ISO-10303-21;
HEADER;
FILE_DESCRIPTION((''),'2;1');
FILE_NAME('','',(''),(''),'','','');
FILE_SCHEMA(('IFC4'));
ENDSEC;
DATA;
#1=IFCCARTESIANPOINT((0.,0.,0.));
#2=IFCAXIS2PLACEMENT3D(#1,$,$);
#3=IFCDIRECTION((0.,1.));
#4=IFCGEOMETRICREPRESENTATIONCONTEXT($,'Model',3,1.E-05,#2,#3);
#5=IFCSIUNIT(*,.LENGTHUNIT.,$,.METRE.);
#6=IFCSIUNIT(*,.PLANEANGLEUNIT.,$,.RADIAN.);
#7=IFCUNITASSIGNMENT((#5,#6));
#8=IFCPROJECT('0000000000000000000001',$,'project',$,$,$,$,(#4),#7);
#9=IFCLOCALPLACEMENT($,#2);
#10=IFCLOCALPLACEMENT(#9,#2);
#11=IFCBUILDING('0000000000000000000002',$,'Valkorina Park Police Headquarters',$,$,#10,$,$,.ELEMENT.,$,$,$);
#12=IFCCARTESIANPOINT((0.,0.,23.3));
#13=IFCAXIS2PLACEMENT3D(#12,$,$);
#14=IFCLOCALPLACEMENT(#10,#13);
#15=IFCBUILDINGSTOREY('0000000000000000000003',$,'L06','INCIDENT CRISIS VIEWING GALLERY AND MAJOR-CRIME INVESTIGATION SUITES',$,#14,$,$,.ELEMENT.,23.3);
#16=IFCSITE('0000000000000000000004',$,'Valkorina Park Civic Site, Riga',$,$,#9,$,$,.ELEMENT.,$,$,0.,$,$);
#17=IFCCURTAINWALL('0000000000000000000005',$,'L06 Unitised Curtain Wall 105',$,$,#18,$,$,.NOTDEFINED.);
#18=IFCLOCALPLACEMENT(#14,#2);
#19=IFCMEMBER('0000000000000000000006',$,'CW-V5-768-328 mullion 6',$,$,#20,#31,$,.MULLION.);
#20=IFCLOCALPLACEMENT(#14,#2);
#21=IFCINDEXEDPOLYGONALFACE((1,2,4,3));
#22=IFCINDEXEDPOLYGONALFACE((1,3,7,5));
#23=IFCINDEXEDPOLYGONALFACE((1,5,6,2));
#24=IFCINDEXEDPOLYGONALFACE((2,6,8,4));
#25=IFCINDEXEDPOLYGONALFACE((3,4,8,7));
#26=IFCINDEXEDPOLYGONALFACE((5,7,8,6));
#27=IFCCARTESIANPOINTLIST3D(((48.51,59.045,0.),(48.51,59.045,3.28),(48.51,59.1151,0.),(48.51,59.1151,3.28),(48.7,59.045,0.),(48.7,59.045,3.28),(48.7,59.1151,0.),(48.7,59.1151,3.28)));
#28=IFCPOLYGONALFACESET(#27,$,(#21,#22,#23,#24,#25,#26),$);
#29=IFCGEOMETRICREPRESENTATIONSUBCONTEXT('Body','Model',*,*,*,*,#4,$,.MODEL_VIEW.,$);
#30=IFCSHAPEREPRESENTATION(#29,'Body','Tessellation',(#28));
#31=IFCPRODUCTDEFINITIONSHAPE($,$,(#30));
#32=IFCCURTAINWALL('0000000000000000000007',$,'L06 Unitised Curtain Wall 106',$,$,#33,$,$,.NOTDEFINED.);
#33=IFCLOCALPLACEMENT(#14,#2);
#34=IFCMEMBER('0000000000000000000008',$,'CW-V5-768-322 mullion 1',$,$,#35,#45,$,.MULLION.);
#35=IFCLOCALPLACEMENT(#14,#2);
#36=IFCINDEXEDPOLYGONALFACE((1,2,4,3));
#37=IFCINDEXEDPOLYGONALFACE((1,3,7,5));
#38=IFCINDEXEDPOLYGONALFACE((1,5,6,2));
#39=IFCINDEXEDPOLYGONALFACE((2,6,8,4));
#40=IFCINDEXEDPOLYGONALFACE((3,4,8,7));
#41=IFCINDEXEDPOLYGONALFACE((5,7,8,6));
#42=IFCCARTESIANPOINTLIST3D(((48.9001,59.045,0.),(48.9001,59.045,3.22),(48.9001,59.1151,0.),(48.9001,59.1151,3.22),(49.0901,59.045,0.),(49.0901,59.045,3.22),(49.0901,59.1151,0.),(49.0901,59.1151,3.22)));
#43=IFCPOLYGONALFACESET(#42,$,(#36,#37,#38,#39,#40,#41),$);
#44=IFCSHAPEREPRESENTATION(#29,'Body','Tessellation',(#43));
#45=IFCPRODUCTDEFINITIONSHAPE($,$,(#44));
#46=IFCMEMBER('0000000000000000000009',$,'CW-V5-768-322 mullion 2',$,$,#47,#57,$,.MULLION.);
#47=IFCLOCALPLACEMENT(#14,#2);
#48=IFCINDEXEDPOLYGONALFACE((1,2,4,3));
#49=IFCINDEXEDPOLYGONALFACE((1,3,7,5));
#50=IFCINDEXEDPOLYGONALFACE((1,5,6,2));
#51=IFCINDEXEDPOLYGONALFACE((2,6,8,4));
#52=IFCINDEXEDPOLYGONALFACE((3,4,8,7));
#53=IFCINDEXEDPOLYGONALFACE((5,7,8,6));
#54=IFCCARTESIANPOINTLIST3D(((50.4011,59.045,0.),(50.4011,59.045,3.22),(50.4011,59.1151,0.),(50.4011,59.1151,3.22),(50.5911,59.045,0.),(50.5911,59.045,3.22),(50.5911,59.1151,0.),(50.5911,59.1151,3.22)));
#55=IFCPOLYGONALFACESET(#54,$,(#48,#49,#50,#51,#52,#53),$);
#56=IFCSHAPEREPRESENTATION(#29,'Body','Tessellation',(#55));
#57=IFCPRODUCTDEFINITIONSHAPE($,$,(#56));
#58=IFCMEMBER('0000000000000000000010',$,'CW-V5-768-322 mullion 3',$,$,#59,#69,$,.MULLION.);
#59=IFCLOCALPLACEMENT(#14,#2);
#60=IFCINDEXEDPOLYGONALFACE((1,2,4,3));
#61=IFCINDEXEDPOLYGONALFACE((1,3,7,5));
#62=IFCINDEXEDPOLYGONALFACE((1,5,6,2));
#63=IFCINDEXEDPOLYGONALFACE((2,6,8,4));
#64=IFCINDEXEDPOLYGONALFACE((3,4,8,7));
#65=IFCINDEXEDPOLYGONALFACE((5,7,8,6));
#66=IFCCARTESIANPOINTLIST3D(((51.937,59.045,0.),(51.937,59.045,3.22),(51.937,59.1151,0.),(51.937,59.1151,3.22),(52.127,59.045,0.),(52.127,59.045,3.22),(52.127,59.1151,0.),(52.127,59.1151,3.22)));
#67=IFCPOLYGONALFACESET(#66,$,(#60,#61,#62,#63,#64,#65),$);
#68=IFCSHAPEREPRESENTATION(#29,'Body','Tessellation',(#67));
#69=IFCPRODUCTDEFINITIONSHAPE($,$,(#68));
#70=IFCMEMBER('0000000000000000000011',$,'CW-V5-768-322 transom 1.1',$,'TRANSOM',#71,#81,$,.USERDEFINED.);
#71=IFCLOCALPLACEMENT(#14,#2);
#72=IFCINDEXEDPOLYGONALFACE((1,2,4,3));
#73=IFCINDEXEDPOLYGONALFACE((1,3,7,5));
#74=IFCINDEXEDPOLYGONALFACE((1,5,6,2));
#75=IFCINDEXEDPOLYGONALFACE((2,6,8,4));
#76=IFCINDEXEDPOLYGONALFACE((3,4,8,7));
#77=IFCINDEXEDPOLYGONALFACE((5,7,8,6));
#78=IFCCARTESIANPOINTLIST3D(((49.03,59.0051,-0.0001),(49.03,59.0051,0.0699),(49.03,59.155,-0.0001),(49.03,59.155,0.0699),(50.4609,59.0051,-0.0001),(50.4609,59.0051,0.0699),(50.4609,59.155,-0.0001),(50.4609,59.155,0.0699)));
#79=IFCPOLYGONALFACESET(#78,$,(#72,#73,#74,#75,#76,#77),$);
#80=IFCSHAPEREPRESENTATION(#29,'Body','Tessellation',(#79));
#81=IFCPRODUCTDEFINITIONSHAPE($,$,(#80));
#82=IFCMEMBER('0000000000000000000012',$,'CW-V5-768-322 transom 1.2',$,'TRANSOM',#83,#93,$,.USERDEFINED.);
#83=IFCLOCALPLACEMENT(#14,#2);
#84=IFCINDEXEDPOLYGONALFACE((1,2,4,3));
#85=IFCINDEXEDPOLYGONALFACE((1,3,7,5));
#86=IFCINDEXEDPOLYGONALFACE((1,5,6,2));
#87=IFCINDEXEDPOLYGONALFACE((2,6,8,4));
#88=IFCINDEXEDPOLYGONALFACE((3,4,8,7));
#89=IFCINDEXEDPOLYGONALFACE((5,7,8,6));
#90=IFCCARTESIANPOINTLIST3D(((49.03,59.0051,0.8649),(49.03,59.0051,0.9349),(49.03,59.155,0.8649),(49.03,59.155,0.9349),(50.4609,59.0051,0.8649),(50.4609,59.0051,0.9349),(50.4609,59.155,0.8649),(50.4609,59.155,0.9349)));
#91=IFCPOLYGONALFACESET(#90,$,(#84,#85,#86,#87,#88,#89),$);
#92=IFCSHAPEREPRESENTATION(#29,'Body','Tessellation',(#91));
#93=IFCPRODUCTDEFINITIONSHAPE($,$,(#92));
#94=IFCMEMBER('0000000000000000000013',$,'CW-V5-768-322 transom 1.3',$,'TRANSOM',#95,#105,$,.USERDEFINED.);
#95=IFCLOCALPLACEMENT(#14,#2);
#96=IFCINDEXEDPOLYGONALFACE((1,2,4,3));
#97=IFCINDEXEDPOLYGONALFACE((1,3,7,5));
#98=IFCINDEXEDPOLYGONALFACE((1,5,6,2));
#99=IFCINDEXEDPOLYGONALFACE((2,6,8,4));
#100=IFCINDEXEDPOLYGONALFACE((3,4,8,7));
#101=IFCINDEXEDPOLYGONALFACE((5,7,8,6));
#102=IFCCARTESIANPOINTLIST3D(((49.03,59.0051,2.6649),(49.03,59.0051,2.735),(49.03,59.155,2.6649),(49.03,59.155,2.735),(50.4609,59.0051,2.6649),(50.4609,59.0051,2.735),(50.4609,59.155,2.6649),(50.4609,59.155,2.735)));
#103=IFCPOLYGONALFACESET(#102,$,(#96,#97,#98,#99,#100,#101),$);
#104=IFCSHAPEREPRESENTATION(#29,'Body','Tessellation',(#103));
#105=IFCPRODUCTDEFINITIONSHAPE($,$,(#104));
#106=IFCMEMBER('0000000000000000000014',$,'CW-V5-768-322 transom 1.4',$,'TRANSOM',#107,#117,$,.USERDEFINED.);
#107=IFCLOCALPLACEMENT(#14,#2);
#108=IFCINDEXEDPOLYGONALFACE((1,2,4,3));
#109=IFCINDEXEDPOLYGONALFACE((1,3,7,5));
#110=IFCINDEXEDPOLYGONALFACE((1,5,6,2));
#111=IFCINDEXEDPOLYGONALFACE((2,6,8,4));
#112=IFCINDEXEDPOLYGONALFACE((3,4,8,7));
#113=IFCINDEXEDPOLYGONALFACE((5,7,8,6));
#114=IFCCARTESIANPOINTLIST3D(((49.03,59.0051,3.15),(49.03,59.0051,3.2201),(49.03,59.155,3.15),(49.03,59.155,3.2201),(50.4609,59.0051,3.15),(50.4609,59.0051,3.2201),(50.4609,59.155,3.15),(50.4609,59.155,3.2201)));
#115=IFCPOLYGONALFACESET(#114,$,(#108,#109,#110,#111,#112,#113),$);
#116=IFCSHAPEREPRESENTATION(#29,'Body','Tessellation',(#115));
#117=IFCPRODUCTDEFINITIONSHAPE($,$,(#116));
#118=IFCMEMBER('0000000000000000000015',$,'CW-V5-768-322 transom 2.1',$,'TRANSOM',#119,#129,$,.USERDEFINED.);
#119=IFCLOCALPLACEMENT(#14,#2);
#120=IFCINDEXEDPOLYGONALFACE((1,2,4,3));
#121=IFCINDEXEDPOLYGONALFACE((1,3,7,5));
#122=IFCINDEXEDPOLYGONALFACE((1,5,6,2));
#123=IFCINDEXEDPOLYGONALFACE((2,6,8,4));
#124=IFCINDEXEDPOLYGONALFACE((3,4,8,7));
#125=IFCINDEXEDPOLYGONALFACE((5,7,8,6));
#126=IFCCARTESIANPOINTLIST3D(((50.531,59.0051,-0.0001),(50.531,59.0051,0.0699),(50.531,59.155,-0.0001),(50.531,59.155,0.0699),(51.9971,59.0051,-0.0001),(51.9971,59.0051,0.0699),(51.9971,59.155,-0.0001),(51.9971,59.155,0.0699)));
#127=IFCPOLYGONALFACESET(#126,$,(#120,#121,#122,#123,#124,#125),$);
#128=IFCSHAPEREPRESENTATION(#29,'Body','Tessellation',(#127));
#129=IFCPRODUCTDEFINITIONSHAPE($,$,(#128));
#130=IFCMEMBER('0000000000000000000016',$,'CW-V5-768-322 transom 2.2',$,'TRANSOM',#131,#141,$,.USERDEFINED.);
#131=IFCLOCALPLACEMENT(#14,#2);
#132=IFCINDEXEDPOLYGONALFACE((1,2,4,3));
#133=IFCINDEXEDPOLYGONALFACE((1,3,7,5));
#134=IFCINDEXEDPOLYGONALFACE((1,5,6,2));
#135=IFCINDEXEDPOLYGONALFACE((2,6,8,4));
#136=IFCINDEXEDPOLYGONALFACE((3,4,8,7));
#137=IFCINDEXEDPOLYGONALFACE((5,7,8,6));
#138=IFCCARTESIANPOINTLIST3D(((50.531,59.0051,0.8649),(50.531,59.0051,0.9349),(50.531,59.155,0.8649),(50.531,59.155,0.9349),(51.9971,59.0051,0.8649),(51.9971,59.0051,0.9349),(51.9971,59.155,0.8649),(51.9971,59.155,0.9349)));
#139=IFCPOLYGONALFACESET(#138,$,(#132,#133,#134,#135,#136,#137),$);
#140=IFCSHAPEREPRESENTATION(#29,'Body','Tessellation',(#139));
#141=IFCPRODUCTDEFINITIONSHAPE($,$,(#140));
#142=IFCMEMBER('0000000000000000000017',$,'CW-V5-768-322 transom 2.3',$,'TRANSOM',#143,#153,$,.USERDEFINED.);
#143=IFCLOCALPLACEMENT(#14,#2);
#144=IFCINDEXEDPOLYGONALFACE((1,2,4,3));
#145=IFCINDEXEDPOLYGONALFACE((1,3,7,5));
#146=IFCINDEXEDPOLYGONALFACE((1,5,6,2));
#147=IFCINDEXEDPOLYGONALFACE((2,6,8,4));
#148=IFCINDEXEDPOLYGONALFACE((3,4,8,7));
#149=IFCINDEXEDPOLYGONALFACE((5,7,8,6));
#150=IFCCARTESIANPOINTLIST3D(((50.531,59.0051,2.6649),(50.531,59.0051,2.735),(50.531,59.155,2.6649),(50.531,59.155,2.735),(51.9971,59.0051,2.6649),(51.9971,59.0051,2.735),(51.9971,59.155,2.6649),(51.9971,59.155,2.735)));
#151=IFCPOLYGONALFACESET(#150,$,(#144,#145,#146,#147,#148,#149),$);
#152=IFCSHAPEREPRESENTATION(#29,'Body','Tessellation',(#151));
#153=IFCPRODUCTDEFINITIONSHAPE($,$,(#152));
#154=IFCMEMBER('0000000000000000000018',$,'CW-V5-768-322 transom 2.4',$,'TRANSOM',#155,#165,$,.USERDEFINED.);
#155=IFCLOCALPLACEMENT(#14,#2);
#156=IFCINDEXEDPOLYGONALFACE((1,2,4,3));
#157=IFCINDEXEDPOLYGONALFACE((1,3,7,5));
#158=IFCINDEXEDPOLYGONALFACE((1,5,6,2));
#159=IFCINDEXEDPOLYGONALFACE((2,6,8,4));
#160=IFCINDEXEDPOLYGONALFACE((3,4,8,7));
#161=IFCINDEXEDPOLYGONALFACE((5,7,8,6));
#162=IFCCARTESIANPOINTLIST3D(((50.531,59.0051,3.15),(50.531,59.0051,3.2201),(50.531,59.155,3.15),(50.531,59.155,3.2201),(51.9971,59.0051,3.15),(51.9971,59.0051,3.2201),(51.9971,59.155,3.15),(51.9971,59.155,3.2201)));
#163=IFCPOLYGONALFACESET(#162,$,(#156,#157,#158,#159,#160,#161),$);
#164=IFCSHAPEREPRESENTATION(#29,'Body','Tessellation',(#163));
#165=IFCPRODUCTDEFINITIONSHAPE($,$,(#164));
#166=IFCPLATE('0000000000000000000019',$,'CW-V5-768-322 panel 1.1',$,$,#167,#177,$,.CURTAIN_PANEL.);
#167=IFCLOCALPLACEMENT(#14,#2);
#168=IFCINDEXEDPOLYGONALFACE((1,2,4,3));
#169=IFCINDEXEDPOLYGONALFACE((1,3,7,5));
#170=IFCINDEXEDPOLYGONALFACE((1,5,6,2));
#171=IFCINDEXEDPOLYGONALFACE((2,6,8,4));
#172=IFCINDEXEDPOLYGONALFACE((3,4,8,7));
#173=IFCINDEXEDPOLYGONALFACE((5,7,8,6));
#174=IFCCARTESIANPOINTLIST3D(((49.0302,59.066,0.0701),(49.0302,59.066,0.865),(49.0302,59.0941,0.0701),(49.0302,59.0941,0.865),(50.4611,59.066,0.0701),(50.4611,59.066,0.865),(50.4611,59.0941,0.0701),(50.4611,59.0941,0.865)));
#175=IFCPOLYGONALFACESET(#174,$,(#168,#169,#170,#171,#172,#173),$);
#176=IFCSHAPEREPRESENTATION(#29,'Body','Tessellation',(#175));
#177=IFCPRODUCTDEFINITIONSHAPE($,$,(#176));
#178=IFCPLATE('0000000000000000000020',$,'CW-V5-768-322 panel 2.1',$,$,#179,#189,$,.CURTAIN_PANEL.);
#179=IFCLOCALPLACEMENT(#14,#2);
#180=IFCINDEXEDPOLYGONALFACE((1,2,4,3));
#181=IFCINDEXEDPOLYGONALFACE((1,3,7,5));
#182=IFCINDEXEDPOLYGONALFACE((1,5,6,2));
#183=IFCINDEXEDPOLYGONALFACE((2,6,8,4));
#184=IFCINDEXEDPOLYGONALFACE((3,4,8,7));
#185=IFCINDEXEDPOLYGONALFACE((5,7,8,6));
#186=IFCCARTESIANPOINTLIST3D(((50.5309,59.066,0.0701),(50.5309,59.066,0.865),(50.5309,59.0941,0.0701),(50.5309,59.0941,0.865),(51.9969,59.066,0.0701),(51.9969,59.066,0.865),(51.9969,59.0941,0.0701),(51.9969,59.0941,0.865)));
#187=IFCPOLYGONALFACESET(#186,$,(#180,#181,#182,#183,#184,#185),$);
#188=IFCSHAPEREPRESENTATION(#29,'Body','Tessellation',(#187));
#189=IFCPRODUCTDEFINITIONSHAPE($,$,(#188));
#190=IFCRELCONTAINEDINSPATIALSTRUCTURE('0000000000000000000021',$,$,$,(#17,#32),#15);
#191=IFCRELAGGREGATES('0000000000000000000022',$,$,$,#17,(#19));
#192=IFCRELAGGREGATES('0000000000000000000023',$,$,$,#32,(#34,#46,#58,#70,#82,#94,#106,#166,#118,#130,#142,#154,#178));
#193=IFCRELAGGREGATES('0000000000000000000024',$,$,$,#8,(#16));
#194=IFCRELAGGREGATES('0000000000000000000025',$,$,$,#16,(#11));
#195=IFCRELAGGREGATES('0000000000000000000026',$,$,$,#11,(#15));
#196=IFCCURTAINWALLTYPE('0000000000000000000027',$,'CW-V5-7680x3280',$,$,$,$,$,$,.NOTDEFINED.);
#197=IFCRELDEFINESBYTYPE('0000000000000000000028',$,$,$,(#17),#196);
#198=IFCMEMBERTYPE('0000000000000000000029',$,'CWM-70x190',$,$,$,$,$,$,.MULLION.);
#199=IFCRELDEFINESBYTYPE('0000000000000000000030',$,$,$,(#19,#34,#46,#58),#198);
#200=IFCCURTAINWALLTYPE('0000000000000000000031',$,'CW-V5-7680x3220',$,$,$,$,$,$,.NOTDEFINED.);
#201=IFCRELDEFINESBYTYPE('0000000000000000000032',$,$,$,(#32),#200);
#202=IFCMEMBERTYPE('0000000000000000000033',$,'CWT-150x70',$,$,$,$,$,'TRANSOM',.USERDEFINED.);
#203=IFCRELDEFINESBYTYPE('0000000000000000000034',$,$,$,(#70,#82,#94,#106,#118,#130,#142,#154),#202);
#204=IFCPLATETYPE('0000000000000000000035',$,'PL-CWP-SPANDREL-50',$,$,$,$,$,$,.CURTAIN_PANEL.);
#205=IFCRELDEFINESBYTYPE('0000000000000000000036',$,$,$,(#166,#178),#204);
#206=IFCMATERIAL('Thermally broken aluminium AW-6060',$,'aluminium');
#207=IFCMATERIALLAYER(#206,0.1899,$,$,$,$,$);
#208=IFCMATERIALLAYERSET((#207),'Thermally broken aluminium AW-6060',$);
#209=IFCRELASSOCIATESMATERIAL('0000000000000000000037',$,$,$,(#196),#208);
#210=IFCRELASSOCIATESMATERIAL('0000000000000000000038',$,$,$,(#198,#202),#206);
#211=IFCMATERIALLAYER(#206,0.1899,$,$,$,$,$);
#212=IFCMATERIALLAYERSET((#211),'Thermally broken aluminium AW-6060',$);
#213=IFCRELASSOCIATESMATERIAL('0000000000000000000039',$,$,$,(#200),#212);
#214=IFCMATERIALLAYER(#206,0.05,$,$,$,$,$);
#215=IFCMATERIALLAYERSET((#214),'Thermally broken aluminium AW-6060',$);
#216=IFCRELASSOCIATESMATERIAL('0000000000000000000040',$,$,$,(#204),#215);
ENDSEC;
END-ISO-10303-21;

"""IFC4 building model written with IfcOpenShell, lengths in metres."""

from ifc_helpers import new_model, si_unit, direction, frame, origin, origin_2d, place, context, subcontext, project, spatial, rectangle, extrude, material, layer, layer_set, material_profile, profile_set, type_object, element, aggregate, save


model = new_model("IFC4")

# Units and contexts
model_context = context("Model", 3, precision=1e-05, world=origin(), true_north=direction((0.0, 1.0)))
body_context = subcontext(model_context, "Body", "Model", "MODEL_VIEW")
ifc_project = project(units=[si_unit("LENGTHUNIT", "METRE"), si_unit("PLANEANGLEUNIT", "RADIAN")], contexts=[model_context])

# Site, building, storey
site_placement = place(None, origin())
site = spatial("IfcSite", under=ifc_project, at=site_placement, Name="Valkorina Park Civic Site, Riga", CompositionType="ELEMENT", RefElevation=0.0)
building_placement = place(site_placement, origin())
building = spatial("IfcBuilding", under=site, at=building_placement, Name="Valkorina Park Police Headquarters", CompositionType="ELEMENT")
storey_placement = place(building_placement, frame((0.0, 0.0, 23.3)))
storey = spatial("IfcBuildingStorey", under=building, at=storey_placement, Name="L06", Description="INCIDENT CRISIS VIEWING GALLERY AND MAJOR-CRIME INVESTIGATION SUITES", CompositionType="ELEMENT", Elevation=23.3)

# Curtain wall, member
ifc_material_1 = material(Name="Thermally broken aluminium AW-6060", Category="aluminium")
ifc_layer_1 = layer(ifc_material_1, 0.1899)
ifc_layer_set_1 = layer_set([ifc_layer_1], Name="Thermally broken aluminium AW-6060")
curtain_wall_type_1 = type_object("IfcCurtainWallType", Name="CW-V5-7680x3280", PredefinedType="NOTDEFINED", material=ifc_layer_set_1)
curtain_wall_1_placement = place(storey_placement, origin())
curtain_wall_1 = element("IfcCurtainWall", 1, at=curtain_wall_1_placement, inside=storey, type_object=curtain_wall_type_1, Name="L06 Unitised Curtain Wall 105", PredefinedType="NOTDEFINED")
ifc_material_profile_1 = material_profile(ifc_material_1, rectangle(XDim=0.0701, YDim=0.1899, at=origin_2d()), Name="CWM-02 70x190")
ifc_profile_set_1 = profile_set([ifc_material_profile_1], Name="Thermally broken aluminium AW-6060")
member_type_1 = type_object("IfcMemberType", Name="CWM-70x190", PredefinedType="MULLION", material=ifc_profile_set_1)
member_1_placement = place(storey_placement, frame((48.605, 59.0801, 0.0), z_axis=(0.0, 0.0, 1.0), x_axis=(0.0, 1.0, 0.0)))
member_1 = element("IfcMember", 2, at=member_1_placement, type_object=member_type_1, Name="CW-V5-768-328 mullion 6", PredefinedType="MULLION", context=body_context, shape_type="SweptSolid", body=[
    extrude(rectangle(XDim=0.0701, YDim=0.1899, at=origin_2d()), origin(), (0.0, 0.0, 1.0), 3.28),
])
aggregate(curtain_wall_1, [member_1])

# Curtain wall, members, plates
ifc_layer_2 = layer(ifc_material_1, 0.1899)
ifc_layer_set_2 = layer_set([ifc_layer_2], Name="Thermally broken aluminium AW-6060")
curtain_wall_type_2 = type_object("IfcCurtainWallType", Name="CW-V5-7680x3220", PredefinedType="NOTDEFINED", material=ifc_layer_set_2)
curtain_wall_2_placement = place(storey_placement, origin())
curtain_wall_2 = element("IfcCurtainWall", 3, at=curtain_wall_2_placement, inside=storey, type_object=curtain_wall_type_2, Name="L06 Unitised Curtain Wall 106", PredefinedType="NOTDEFINED")
member_2_placement = place(storey_placement, frame((48.9951, 59.0801, 0.0), z_axis=(0.0, 0.0, 1.0), x_axis=(0.0, 1.0, 0.0)))
member_2 = element("IfcMember", 4, at=member_2_placement, type_object=member_type_1, Name="CW-V5-768-322 mullion 1", PredefinedType="MULLION", context=body_context, shape_type="SweptSolid", body=[
    extrude(rectangle(XDim=0.0701, YDim=0.1899, at=origin_2d()), origin(), (0.0, 0.0, 1.0), 3.22),
])
member_3_placement = place(storey_placement, frame((50.4961, 59.0801, 0.0), z_axis=(0.0, 0.0, 1.0), x_axis=(0.0, 1.0, 0.0)))
member_3 = element("IfcMember", 5, at=member_3_placement, type_object=member_type_1, Name="CW-V5-768-322 mullion 2", PredefinedType="MULLION", context=body_context, shape_type="SweptSolid", body=[
    extrude(rectangle(XDim=0.0701, YDim=0.1899, at=origin_2d()), origin(), (0.0, 0.0, 1.0), 3.22),
])
member_4_placement = place(storey_placement, frame((52.032, 59.0801, 0.0), z_axis=(0.0, 0.0, 1.0), x_axis=(0.0, 1.0, 0.0)))
member_4 = element("IfcMember", 6, at=member_4_placement, type_object=member_type_1, Name="CW-V5-768-322 mullion 3", PredefinedType="MULLION", context=body_context, shape_type="SweptSolid", body=[
    extrude(rectangle(XDim=0.0701, YDim=0.1899, at=origin_2d()), origin(), (0.0, 0.0, 1.0), 3.22),
])
ifc_material_profile_2 = material_profile(ifc_material_1, rectangle(XDim=0.1499, YDim=0.0701, at=origin_2d()), Name="CWT-02 150x70")
ifc_profile_set_2 = profile_set([ifc_material_profile_2], Name="Thermally broken aluminium AW-6060")
member_type_2 = type_object("IfcMemberType", Name="CWT-150x70", ElementType="TRANSOM", PredefinedType="USERDEFINED", material=ifc_profile_set_2)
member_5_placement = place(storey_placement, frame((49.03, 59.0801, 0.0349), z_axis=(1.0, 0.0, 0.0), x_axis=(0.0, 1.0, 0.0)))
member_5 = element("IfcMember", 7, at=member_5_placement, type_object=member_type_2, Name="CW-V5-768-322 transom 1.1", ObjectType="TRANSOM", PredefinedType="USERDEFINED", context=body_context, shape_type="SweptSolid", body=[
    extrude(rectangle(XDim=0.1499, YDim=0.0701, at=origin_2d()), origin(), (0.0, 0.0, 1.0), 1.4309),
])
member_6_placement = place(storey_placement, frame((49.03, 59.0801, 0.8999), z_axis=(1.0, 0.0, 0.0), x_axis=(0.0, 1.0, 0.0)))
member_6 = element("IfcMember", 8, at=member_6_placement, type_object=member_type_2, Name="CW-V5-768-322 transom 1.2", ObjectType="TRANSOM", PredefinedType="USERDEFINED", context=body_context, shape_type="SweptSolid", body=[
    extrude(rectangle(XDim=0.1499, YDim=0.0701, at=origin_2d()), origin(), (0.0, 0.0, 1.0), 1.4309),
])
member_7_placement = place(storey_placement, frame((49.03, 59.0801, 2.7), z_axis=(1.0, 0.0, 0.0), x_axis=(0.0, 1.0, 0.0)))
member_7 = element("IfcMember", 9, at=member_7_placement, type_object=member_type_2, Name="CW-V5-768-322 transom 1.3", ObjectType="TRANSOM", PredefinedType="USERDEFINED", context=body_context, shape_type="SweptSolid", body=[
    extrude(rectangle(XDim=0.1499, YDim=0.0701, at=origin_2d()), origin(), (0.0, 0.0, 1.0), 1.4309),
])
member_8_placement = place(storey_placement, frame((49.03, 59.0801, 3.1851), z_axis=(1.0, 0.0, 0.0), x_axis=(0.0, 1.0, 0.0)))
member_8 = element("IfcMember", 10, at=member_8_placement, type_object=member_type_2, Name="CW-V5-768-322 transom 1.4", ObjectType="TRANSOM", PredefinedType="USERDEFINED", context=body_context, shape_type="SweptSolid", body=[
    extrude(rectangle(XDim=0.1499, YDim=0.0701, at=origin_2d()), origin(), (0.0, 0.0, 1.0), 1.4309),
])
member_9_placement = place(storey_placement, frame((50.531, 59.0801, 0.0349), z_axis=(1.0, 0.0, 0.0), x_axis=(0.0, 1.0, 0.0)))
member_9 = element("IfcMember", 11, at=member_9_placement, type_object=member_type_2, Name="CW-V5-768-322 transom 2.1", ObjectType="TRANSOM", PredefinedType="USERDEFINED", context=body_context, shape_type="SweptSolid", body=[
    extrude(rectangle(XDim=0.1499, YDim=0.0701, at=origin_2d()), origin(), (0.0, 0.0, 1.0), 1.4661),
])
member_10_placement = place(storey_placement, frame((50.531, 59.0801, 0.8999), z_axis=(1.0, 0.0, 0.0), x_axis=(0.0, 1.0, 0.0)))
member_10 = element("IfcMember", 12, at=member_10_placement, type_object=member_type_2, Name="CW-V5-768-322 transom 2.2", ObjectType="TRANSOM", PredefinedType="USERDEFINED", context=body_context, shape_type="SweptSolid", body=[
    extrude(rectangle(XDim=0.1499, YDim=0.0701, at=origin_2d()), origin(), (0.0, 0.0, 1.0), 1.4661),
])
member_11_placement = place(storey_placement, frame((50.531, 59.0801, 2.7), z_axis=(1.0, 0.0, 0.0), x_axis=(0.0, 1.0, 0.0)))
member_11 = element("IfcMember", 13, at=member_11_placement, type_object=member_type_2, Name="CW-V5-768-322 transom 2.3", ObjectType="TRANSOM", PredefinedType="USERDEFINED", context=body_context, shape_type="SweptSolid", body=[
    extrude(rectangle(XDim=0.1499, YDim=0.0701, at=origin_2d()), origin(), (0.0, 0.0, 1.0), 1.4661),
])
member_12_placement = place(storey_placement, frame((50.531, 59.0801, 3.1851), z_axis=(1.0, 0.0, 0.0), x_axis=(0.0, 1.0, 0.0)))
member_12 = element("IfcMember", 14, at=member_12_placement, type_object=member_type_2, Name="CW-V5-768-322 transom 2.4", ObjectType="TRANSOM", PredefinedType="USERDEFINED", context=body_context, shape_type="SweptSolid", body=[
    extrude(rectangle(XDim=0.1499, YDim=0.0701, at=origin_2d()), origin(), (0.0, 0.0, 1.0), 1.4661),
])
ifc_layer_3 = layer(ifc_material_1, 0.05)
ifc_layer_set_3 = layer_set([ifc_layer_3], Name="Thermally broken aluminium AW-6060")
plate_type_1 = type_object("IfcPlateType", Name="PL-CWP-SPANDREL-50", PredefinedType="CURTAIN_PANEL", material=ifc_layer_set_3)
plate_1_placement = place(storey_placement, frame((49.7456, 59.0801, 0.0701), z_axis=(0.0, 0.0, 1.0), x_axis=(1.0, 0.0, 0.0)))
plate_1 = element("IfcPlate", 15, at=plate_1_placement, type_object=plate_type_1, Name="CW-V5-768-322 panel 1.1", PredefinedType="CURTAIN_PANEL", context=body_context, shape_type="SweptSolid", body=[
    extrude(rectangle(XDim=1.4309, YDim=0.0281, at=origin_2d()), origin(), (0.0, 0.0, 1.0), 0.7949),
])
plate_2_placement = place(storey_placement, frame((51.2639, 59.0801, 0.0701), z_axis=(0.0, 0.0, 1.0), x_axis=(1.0, 0.0, 0.0)))
plate_2 = element("IfcPlate", 16, at=plate_2_placement, type_object=plate_type_1, Name="CW-V5-768-322 panel 2.1", PredefinedType="CURTAIN_PANEL", context=body_context, shape_type="SweptSolid", body=[
    extrude(rectangle(XDim=1.4661, YDim=0.0281, at=origin_2d()), origin(), (0.0, 0.0, 1.0), 0.7949),
])
aggregate(curtain_wall_2, [member_2, member_3, member_4, member_5, member_6, member_7, member_8, plate_1, member_9, member_10, member_11, member_12, plate_2])

save(model, "model.ifc")
